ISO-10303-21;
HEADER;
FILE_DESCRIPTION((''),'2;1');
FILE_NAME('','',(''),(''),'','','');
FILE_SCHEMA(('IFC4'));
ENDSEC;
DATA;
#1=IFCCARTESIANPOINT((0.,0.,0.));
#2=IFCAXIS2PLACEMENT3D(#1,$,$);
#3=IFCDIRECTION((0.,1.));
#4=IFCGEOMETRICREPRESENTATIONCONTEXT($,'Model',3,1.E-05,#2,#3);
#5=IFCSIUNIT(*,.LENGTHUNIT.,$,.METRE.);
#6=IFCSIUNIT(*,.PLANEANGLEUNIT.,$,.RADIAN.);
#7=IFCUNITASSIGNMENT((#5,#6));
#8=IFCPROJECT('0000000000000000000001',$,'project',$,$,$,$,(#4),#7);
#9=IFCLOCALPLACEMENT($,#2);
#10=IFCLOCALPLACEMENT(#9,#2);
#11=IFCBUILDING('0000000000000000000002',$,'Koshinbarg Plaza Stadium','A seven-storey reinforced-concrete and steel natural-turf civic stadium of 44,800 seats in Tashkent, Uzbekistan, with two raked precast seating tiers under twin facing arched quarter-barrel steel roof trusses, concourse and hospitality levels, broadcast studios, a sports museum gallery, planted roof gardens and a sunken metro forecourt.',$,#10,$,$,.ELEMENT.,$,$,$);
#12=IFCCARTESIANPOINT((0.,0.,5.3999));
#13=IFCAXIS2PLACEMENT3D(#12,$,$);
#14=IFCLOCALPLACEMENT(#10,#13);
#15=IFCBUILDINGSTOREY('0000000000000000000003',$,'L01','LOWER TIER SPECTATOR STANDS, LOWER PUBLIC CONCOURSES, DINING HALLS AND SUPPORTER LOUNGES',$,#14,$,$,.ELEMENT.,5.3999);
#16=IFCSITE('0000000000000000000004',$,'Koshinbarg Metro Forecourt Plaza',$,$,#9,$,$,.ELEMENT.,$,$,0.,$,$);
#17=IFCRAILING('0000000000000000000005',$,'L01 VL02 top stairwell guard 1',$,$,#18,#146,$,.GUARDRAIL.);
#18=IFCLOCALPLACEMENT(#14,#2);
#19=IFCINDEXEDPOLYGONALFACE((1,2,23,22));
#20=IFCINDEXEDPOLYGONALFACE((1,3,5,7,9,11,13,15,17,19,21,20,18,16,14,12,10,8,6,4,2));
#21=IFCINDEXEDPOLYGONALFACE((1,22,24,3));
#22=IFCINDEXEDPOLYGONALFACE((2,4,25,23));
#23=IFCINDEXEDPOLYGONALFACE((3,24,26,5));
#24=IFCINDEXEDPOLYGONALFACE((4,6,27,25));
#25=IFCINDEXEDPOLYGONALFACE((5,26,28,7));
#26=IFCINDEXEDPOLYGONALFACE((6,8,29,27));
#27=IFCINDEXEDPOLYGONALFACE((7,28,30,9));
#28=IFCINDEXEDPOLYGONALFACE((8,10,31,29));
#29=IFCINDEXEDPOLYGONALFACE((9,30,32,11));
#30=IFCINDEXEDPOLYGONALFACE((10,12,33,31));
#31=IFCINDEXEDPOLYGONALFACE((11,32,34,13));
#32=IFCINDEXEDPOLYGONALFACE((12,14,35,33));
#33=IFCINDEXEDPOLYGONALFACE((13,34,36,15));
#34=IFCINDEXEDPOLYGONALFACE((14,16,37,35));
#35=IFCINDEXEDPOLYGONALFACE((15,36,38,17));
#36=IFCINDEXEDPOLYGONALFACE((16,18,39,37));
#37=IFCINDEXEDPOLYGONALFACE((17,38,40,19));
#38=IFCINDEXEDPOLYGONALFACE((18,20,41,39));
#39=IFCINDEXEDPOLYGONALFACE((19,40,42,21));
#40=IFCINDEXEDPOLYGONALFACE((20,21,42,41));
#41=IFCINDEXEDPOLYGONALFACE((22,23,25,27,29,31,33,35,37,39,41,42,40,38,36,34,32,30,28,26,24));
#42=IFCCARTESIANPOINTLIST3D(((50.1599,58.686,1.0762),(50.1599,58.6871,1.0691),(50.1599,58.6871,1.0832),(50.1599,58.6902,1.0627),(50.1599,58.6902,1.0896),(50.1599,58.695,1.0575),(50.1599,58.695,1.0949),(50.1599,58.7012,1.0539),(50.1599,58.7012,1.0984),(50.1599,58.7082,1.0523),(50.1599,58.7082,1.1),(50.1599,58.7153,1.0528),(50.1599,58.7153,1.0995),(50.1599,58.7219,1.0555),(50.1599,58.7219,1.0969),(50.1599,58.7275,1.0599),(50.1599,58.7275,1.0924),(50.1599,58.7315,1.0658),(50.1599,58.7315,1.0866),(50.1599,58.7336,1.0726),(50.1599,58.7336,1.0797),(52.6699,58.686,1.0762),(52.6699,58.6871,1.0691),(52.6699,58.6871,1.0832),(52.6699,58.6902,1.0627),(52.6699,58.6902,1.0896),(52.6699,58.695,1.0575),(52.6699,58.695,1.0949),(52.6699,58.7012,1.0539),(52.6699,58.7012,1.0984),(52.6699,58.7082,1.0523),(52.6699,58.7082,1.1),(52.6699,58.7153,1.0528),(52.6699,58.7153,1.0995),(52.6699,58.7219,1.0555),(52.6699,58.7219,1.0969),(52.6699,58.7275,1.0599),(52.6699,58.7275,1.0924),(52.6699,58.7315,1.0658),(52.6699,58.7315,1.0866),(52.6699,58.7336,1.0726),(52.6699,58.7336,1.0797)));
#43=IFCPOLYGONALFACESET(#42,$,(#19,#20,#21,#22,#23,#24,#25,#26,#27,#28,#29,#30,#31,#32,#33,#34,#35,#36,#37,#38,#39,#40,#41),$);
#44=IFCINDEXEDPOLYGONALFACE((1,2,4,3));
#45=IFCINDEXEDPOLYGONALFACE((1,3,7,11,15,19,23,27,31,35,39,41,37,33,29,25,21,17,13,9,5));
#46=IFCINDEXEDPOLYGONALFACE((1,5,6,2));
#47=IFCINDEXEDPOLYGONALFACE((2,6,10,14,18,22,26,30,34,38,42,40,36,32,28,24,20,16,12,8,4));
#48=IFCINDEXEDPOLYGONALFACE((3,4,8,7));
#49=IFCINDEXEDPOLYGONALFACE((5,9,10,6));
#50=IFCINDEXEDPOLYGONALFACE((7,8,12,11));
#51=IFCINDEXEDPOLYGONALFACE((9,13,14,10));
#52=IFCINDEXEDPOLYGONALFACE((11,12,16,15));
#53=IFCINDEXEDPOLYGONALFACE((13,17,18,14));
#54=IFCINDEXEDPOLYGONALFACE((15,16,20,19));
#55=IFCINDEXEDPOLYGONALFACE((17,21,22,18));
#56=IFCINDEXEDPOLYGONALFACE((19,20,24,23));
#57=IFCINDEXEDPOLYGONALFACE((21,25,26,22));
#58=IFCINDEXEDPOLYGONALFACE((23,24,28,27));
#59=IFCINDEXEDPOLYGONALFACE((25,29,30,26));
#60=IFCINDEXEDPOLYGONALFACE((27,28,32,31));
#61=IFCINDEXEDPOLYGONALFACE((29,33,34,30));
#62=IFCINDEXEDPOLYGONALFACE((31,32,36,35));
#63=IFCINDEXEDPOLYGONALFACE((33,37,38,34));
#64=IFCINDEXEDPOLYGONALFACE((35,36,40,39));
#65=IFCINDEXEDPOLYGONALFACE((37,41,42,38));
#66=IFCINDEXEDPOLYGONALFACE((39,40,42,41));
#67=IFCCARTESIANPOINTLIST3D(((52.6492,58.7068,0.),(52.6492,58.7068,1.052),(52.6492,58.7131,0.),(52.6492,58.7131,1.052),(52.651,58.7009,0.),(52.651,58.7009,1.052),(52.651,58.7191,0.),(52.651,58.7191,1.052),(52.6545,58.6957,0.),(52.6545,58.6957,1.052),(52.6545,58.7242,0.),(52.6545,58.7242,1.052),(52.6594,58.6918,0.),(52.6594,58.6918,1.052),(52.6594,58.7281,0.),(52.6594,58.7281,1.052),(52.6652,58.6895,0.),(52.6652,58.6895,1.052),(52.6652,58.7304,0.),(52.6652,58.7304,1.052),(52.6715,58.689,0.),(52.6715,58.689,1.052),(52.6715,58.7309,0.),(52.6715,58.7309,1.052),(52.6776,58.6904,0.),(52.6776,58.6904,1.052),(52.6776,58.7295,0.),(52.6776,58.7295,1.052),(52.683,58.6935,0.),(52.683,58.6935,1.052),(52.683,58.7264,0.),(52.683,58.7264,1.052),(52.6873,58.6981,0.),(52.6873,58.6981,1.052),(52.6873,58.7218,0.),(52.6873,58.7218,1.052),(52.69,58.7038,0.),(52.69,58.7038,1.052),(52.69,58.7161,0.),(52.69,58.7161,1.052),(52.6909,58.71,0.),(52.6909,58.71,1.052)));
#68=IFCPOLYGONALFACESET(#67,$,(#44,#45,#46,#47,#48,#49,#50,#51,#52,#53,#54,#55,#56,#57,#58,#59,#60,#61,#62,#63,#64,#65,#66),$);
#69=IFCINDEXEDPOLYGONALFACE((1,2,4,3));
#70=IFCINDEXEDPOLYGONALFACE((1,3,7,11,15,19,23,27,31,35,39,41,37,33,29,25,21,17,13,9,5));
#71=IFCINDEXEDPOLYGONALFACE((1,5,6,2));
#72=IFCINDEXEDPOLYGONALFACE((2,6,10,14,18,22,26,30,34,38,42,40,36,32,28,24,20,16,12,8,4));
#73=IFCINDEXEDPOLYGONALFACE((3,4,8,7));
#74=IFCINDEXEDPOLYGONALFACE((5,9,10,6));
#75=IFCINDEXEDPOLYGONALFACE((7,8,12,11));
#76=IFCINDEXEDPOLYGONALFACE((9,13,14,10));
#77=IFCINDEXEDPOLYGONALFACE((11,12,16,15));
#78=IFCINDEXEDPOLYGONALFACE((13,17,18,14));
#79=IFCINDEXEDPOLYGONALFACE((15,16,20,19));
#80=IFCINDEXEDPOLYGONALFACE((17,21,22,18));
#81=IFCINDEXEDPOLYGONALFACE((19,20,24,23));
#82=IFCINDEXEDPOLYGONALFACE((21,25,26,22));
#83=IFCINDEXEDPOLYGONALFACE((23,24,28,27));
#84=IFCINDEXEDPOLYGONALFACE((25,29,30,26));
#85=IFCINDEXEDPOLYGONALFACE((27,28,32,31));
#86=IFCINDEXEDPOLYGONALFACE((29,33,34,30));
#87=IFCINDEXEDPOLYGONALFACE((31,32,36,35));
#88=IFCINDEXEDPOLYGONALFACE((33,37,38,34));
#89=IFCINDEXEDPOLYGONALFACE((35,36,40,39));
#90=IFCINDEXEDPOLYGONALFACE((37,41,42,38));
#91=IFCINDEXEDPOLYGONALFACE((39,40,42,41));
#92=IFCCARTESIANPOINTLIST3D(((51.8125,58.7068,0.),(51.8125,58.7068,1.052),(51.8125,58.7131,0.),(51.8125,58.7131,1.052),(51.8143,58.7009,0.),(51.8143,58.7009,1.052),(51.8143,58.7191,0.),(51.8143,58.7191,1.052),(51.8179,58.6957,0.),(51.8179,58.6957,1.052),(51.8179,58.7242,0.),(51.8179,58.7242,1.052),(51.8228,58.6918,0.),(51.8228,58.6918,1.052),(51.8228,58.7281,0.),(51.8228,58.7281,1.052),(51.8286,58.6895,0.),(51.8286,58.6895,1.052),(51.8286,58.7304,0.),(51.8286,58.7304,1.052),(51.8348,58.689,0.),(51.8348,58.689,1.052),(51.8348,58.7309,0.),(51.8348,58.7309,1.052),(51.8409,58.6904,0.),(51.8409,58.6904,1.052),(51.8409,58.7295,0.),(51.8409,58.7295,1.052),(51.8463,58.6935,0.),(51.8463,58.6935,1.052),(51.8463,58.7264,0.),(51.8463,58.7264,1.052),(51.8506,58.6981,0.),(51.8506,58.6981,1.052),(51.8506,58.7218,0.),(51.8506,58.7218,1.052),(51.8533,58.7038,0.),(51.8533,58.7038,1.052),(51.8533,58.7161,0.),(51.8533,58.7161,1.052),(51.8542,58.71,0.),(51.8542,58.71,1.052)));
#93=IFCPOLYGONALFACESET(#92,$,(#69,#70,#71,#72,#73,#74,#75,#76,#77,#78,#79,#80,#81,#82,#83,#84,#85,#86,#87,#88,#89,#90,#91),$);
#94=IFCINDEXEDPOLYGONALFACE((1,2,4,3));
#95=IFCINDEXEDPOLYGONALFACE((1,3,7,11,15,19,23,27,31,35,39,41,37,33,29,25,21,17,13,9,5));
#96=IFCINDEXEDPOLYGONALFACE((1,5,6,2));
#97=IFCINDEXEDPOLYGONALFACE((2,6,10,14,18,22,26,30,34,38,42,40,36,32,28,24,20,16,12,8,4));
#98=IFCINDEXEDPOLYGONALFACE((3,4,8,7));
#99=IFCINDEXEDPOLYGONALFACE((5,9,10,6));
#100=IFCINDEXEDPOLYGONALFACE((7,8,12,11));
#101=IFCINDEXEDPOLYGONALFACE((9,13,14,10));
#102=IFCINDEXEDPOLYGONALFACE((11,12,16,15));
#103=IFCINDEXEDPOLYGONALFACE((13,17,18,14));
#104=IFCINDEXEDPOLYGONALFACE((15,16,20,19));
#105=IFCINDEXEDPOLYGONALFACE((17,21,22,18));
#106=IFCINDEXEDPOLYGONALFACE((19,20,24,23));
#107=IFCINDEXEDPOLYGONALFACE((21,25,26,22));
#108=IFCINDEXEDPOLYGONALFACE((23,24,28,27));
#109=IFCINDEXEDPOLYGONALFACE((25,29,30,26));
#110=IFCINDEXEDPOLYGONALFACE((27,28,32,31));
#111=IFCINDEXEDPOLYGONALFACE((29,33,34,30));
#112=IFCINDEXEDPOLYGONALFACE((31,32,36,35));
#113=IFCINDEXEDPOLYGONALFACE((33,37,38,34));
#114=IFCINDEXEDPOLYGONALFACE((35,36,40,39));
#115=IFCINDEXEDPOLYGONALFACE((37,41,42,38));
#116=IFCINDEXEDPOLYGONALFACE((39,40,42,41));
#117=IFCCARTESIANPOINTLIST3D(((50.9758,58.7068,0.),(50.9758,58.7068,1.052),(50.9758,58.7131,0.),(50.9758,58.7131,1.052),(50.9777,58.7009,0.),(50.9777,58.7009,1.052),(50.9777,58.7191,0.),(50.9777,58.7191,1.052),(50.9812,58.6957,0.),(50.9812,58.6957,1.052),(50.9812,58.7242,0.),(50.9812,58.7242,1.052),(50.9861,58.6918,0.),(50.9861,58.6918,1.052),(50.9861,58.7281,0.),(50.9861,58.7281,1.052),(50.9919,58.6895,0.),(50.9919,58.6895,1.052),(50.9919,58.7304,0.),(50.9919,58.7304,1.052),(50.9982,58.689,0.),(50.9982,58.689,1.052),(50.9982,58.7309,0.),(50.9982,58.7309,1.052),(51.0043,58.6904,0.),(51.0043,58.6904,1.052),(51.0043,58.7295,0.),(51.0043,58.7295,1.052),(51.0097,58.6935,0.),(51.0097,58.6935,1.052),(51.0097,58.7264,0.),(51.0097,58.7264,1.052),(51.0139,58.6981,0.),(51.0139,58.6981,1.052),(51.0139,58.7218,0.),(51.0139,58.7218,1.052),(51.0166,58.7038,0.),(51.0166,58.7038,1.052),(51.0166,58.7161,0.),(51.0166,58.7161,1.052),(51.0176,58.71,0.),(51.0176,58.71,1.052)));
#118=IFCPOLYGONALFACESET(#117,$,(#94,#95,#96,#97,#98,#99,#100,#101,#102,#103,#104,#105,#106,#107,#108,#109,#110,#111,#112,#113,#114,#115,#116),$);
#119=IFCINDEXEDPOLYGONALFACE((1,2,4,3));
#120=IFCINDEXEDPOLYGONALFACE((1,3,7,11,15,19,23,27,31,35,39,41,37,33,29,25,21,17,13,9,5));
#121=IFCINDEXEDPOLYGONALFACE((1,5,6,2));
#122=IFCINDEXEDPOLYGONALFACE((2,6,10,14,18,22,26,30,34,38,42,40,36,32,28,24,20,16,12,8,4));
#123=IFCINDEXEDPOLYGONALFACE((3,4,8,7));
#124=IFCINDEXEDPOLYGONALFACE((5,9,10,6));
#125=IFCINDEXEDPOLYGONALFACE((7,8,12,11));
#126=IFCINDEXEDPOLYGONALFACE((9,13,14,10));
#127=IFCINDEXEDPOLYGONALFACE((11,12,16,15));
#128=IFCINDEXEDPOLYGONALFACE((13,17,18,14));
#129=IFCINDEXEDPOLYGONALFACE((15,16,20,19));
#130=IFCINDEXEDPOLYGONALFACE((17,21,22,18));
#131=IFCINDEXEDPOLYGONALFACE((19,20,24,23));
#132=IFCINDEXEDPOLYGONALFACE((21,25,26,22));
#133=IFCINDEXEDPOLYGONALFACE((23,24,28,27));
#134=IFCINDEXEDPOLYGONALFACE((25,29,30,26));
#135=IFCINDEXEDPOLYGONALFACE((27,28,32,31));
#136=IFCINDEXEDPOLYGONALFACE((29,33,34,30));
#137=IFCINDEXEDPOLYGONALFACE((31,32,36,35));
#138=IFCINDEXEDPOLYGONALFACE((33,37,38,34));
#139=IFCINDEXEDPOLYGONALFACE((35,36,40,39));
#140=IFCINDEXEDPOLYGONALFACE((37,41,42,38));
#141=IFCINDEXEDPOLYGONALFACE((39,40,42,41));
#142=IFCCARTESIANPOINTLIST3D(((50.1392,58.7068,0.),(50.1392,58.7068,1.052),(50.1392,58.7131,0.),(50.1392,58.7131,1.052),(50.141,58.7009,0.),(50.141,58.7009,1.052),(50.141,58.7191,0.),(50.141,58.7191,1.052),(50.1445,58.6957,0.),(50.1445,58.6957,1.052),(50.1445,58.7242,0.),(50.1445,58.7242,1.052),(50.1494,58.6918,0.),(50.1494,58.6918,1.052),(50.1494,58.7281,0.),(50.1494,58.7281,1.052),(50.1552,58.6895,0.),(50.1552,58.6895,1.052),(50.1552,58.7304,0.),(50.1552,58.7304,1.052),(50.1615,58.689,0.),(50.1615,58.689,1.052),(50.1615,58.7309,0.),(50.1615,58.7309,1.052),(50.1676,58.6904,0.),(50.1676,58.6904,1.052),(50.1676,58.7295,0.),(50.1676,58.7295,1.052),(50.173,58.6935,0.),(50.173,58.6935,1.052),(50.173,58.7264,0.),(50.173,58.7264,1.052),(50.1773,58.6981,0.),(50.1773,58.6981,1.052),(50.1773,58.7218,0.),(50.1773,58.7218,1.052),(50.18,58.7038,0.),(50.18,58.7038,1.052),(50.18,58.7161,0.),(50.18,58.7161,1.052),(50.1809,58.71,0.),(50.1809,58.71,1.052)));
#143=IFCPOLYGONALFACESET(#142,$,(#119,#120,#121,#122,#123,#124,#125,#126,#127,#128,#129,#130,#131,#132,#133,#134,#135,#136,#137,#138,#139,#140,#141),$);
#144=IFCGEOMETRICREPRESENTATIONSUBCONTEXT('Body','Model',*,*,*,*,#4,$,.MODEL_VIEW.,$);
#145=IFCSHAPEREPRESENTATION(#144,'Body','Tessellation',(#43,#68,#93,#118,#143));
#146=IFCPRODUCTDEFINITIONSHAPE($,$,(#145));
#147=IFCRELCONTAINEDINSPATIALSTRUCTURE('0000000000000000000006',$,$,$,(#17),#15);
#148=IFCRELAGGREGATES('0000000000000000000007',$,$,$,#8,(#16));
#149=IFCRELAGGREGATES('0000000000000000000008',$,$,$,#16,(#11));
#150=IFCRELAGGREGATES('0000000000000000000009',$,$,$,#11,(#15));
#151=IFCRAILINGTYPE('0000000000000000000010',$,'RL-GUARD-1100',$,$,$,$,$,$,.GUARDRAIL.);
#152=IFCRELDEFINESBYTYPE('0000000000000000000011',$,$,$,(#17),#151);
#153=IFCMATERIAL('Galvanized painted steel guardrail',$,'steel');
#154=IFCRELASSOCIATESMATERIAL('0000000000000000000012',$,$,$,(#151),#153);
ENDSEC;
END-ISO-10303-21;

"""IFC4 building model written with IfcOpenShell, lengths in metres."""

from ifc_helpers import new_model, si_unit, direction, frame, origin, origin_2d, place, context, subcontext, project, spatial, circle, extrude, material, type_object, element, save


model = new_model("IFC4")

# Units and contexts
model_context = context("Model", 3, precision=1e-05, world=origin(), true_north=direction((0.0, 1.0)))
body_context = subcontext(model_context, "Body", "Model", "MODEL_VIEW")
ifc_project = project(units=[si_unit("LENGTHUNIT", "METRE"), si_unit("PLANEANGLEUNIT", "RADIAN")], contexts=[model_context])

# Site, building, storey
site_placement = place(None, origin())
site = spatial("IfcSite", under=ifc_project, at=site_placement, Name="Koshinbarg Metro Forecourt Plaza", CompositionType="ELEMENT", RefElevation=0.0)
building_placement = place(site_placement, origin())
building = spatial("IfcBuilding", under=site, at=building_placement, Name="Koshinbarg Plaza Stadium", Description="A seven-storey reinforced-concrete and steel natural-turf civic stadium of 44,800 seats in Tashkent, Uzbekistan, with two raked precast seating tiers under twin facing arched quarter-barrel steel roof trusses, concourse and hospitality levels, broadcast studios, a sports museum gallery, planted roof gardens and a sunken metro forecourt.", CompositionType="ELEMENT")
storey_placement = place(building_placement, frame((0.0, 0.0, 5.3999)))
storey = spatial("IfcBuildingStorey", under=building, at=storey_placement, Name="L01", Description="LOWER TIER SPECTATOR STANDS, LOWER PUBLIC CONCOURSES, DINING HALLS AND SUPPORTER LOUNGES", CompositionType="ELEMENT", Elevation=5.3999)

# Railing
ifc_material_1 = material(Name="Galvanized painted steel guardrail", Category="steel")
railing_type_1 = type_object("IfcRailingType", Name="RL-GUARD-1100", PredefinedType="GUARDRAIL", material=ifc_material_1)
railing_1_placement = place(storey_placement, frame((52.6699, 58.71, 0.0)))
element("IfcRailing", 1, at=railing_1_placement, inside=storey, type_object=railing_type_1, Name="L01 VL02 top stairwell guard 1", PredefinedType="GUARDRAIL", context=body_context, shape_type="SweptSolid", body=[
    extrude(circle(Radius=0.0239, at=origin_2d()), frame((0.0, 0.0, 1.0762), z_axis=(-1.0, 0.0, 0.0), x_axis=(0.0, -1.0, 0.0)), (0.0, 0.0, 1.0), 2.51),
    extrude(circle(Radius=0.021, at=origin_2d()), origin(), (0.0, 0.0, 1.0), 1.052),
    extrude(circle(Radius=0.021, at=origin_2d()), frame((-0.8367, 0.0, 0.0)), (0.0, 0.0, 1.0), 1.052),
    extrude(circle(Radius=0.021, at=origin_2d()), frame((-1.6733, 0.0, 0.0)), (0.0, 0.0, 1.0), 1.052),
    extrude(circle(Radius=0.021, at=origin_2d()), frame((-2.51, 0.0, 0.0)), (0.0, 0.0, 1.0), 1.052),
])

save(model, "model.ifc")
